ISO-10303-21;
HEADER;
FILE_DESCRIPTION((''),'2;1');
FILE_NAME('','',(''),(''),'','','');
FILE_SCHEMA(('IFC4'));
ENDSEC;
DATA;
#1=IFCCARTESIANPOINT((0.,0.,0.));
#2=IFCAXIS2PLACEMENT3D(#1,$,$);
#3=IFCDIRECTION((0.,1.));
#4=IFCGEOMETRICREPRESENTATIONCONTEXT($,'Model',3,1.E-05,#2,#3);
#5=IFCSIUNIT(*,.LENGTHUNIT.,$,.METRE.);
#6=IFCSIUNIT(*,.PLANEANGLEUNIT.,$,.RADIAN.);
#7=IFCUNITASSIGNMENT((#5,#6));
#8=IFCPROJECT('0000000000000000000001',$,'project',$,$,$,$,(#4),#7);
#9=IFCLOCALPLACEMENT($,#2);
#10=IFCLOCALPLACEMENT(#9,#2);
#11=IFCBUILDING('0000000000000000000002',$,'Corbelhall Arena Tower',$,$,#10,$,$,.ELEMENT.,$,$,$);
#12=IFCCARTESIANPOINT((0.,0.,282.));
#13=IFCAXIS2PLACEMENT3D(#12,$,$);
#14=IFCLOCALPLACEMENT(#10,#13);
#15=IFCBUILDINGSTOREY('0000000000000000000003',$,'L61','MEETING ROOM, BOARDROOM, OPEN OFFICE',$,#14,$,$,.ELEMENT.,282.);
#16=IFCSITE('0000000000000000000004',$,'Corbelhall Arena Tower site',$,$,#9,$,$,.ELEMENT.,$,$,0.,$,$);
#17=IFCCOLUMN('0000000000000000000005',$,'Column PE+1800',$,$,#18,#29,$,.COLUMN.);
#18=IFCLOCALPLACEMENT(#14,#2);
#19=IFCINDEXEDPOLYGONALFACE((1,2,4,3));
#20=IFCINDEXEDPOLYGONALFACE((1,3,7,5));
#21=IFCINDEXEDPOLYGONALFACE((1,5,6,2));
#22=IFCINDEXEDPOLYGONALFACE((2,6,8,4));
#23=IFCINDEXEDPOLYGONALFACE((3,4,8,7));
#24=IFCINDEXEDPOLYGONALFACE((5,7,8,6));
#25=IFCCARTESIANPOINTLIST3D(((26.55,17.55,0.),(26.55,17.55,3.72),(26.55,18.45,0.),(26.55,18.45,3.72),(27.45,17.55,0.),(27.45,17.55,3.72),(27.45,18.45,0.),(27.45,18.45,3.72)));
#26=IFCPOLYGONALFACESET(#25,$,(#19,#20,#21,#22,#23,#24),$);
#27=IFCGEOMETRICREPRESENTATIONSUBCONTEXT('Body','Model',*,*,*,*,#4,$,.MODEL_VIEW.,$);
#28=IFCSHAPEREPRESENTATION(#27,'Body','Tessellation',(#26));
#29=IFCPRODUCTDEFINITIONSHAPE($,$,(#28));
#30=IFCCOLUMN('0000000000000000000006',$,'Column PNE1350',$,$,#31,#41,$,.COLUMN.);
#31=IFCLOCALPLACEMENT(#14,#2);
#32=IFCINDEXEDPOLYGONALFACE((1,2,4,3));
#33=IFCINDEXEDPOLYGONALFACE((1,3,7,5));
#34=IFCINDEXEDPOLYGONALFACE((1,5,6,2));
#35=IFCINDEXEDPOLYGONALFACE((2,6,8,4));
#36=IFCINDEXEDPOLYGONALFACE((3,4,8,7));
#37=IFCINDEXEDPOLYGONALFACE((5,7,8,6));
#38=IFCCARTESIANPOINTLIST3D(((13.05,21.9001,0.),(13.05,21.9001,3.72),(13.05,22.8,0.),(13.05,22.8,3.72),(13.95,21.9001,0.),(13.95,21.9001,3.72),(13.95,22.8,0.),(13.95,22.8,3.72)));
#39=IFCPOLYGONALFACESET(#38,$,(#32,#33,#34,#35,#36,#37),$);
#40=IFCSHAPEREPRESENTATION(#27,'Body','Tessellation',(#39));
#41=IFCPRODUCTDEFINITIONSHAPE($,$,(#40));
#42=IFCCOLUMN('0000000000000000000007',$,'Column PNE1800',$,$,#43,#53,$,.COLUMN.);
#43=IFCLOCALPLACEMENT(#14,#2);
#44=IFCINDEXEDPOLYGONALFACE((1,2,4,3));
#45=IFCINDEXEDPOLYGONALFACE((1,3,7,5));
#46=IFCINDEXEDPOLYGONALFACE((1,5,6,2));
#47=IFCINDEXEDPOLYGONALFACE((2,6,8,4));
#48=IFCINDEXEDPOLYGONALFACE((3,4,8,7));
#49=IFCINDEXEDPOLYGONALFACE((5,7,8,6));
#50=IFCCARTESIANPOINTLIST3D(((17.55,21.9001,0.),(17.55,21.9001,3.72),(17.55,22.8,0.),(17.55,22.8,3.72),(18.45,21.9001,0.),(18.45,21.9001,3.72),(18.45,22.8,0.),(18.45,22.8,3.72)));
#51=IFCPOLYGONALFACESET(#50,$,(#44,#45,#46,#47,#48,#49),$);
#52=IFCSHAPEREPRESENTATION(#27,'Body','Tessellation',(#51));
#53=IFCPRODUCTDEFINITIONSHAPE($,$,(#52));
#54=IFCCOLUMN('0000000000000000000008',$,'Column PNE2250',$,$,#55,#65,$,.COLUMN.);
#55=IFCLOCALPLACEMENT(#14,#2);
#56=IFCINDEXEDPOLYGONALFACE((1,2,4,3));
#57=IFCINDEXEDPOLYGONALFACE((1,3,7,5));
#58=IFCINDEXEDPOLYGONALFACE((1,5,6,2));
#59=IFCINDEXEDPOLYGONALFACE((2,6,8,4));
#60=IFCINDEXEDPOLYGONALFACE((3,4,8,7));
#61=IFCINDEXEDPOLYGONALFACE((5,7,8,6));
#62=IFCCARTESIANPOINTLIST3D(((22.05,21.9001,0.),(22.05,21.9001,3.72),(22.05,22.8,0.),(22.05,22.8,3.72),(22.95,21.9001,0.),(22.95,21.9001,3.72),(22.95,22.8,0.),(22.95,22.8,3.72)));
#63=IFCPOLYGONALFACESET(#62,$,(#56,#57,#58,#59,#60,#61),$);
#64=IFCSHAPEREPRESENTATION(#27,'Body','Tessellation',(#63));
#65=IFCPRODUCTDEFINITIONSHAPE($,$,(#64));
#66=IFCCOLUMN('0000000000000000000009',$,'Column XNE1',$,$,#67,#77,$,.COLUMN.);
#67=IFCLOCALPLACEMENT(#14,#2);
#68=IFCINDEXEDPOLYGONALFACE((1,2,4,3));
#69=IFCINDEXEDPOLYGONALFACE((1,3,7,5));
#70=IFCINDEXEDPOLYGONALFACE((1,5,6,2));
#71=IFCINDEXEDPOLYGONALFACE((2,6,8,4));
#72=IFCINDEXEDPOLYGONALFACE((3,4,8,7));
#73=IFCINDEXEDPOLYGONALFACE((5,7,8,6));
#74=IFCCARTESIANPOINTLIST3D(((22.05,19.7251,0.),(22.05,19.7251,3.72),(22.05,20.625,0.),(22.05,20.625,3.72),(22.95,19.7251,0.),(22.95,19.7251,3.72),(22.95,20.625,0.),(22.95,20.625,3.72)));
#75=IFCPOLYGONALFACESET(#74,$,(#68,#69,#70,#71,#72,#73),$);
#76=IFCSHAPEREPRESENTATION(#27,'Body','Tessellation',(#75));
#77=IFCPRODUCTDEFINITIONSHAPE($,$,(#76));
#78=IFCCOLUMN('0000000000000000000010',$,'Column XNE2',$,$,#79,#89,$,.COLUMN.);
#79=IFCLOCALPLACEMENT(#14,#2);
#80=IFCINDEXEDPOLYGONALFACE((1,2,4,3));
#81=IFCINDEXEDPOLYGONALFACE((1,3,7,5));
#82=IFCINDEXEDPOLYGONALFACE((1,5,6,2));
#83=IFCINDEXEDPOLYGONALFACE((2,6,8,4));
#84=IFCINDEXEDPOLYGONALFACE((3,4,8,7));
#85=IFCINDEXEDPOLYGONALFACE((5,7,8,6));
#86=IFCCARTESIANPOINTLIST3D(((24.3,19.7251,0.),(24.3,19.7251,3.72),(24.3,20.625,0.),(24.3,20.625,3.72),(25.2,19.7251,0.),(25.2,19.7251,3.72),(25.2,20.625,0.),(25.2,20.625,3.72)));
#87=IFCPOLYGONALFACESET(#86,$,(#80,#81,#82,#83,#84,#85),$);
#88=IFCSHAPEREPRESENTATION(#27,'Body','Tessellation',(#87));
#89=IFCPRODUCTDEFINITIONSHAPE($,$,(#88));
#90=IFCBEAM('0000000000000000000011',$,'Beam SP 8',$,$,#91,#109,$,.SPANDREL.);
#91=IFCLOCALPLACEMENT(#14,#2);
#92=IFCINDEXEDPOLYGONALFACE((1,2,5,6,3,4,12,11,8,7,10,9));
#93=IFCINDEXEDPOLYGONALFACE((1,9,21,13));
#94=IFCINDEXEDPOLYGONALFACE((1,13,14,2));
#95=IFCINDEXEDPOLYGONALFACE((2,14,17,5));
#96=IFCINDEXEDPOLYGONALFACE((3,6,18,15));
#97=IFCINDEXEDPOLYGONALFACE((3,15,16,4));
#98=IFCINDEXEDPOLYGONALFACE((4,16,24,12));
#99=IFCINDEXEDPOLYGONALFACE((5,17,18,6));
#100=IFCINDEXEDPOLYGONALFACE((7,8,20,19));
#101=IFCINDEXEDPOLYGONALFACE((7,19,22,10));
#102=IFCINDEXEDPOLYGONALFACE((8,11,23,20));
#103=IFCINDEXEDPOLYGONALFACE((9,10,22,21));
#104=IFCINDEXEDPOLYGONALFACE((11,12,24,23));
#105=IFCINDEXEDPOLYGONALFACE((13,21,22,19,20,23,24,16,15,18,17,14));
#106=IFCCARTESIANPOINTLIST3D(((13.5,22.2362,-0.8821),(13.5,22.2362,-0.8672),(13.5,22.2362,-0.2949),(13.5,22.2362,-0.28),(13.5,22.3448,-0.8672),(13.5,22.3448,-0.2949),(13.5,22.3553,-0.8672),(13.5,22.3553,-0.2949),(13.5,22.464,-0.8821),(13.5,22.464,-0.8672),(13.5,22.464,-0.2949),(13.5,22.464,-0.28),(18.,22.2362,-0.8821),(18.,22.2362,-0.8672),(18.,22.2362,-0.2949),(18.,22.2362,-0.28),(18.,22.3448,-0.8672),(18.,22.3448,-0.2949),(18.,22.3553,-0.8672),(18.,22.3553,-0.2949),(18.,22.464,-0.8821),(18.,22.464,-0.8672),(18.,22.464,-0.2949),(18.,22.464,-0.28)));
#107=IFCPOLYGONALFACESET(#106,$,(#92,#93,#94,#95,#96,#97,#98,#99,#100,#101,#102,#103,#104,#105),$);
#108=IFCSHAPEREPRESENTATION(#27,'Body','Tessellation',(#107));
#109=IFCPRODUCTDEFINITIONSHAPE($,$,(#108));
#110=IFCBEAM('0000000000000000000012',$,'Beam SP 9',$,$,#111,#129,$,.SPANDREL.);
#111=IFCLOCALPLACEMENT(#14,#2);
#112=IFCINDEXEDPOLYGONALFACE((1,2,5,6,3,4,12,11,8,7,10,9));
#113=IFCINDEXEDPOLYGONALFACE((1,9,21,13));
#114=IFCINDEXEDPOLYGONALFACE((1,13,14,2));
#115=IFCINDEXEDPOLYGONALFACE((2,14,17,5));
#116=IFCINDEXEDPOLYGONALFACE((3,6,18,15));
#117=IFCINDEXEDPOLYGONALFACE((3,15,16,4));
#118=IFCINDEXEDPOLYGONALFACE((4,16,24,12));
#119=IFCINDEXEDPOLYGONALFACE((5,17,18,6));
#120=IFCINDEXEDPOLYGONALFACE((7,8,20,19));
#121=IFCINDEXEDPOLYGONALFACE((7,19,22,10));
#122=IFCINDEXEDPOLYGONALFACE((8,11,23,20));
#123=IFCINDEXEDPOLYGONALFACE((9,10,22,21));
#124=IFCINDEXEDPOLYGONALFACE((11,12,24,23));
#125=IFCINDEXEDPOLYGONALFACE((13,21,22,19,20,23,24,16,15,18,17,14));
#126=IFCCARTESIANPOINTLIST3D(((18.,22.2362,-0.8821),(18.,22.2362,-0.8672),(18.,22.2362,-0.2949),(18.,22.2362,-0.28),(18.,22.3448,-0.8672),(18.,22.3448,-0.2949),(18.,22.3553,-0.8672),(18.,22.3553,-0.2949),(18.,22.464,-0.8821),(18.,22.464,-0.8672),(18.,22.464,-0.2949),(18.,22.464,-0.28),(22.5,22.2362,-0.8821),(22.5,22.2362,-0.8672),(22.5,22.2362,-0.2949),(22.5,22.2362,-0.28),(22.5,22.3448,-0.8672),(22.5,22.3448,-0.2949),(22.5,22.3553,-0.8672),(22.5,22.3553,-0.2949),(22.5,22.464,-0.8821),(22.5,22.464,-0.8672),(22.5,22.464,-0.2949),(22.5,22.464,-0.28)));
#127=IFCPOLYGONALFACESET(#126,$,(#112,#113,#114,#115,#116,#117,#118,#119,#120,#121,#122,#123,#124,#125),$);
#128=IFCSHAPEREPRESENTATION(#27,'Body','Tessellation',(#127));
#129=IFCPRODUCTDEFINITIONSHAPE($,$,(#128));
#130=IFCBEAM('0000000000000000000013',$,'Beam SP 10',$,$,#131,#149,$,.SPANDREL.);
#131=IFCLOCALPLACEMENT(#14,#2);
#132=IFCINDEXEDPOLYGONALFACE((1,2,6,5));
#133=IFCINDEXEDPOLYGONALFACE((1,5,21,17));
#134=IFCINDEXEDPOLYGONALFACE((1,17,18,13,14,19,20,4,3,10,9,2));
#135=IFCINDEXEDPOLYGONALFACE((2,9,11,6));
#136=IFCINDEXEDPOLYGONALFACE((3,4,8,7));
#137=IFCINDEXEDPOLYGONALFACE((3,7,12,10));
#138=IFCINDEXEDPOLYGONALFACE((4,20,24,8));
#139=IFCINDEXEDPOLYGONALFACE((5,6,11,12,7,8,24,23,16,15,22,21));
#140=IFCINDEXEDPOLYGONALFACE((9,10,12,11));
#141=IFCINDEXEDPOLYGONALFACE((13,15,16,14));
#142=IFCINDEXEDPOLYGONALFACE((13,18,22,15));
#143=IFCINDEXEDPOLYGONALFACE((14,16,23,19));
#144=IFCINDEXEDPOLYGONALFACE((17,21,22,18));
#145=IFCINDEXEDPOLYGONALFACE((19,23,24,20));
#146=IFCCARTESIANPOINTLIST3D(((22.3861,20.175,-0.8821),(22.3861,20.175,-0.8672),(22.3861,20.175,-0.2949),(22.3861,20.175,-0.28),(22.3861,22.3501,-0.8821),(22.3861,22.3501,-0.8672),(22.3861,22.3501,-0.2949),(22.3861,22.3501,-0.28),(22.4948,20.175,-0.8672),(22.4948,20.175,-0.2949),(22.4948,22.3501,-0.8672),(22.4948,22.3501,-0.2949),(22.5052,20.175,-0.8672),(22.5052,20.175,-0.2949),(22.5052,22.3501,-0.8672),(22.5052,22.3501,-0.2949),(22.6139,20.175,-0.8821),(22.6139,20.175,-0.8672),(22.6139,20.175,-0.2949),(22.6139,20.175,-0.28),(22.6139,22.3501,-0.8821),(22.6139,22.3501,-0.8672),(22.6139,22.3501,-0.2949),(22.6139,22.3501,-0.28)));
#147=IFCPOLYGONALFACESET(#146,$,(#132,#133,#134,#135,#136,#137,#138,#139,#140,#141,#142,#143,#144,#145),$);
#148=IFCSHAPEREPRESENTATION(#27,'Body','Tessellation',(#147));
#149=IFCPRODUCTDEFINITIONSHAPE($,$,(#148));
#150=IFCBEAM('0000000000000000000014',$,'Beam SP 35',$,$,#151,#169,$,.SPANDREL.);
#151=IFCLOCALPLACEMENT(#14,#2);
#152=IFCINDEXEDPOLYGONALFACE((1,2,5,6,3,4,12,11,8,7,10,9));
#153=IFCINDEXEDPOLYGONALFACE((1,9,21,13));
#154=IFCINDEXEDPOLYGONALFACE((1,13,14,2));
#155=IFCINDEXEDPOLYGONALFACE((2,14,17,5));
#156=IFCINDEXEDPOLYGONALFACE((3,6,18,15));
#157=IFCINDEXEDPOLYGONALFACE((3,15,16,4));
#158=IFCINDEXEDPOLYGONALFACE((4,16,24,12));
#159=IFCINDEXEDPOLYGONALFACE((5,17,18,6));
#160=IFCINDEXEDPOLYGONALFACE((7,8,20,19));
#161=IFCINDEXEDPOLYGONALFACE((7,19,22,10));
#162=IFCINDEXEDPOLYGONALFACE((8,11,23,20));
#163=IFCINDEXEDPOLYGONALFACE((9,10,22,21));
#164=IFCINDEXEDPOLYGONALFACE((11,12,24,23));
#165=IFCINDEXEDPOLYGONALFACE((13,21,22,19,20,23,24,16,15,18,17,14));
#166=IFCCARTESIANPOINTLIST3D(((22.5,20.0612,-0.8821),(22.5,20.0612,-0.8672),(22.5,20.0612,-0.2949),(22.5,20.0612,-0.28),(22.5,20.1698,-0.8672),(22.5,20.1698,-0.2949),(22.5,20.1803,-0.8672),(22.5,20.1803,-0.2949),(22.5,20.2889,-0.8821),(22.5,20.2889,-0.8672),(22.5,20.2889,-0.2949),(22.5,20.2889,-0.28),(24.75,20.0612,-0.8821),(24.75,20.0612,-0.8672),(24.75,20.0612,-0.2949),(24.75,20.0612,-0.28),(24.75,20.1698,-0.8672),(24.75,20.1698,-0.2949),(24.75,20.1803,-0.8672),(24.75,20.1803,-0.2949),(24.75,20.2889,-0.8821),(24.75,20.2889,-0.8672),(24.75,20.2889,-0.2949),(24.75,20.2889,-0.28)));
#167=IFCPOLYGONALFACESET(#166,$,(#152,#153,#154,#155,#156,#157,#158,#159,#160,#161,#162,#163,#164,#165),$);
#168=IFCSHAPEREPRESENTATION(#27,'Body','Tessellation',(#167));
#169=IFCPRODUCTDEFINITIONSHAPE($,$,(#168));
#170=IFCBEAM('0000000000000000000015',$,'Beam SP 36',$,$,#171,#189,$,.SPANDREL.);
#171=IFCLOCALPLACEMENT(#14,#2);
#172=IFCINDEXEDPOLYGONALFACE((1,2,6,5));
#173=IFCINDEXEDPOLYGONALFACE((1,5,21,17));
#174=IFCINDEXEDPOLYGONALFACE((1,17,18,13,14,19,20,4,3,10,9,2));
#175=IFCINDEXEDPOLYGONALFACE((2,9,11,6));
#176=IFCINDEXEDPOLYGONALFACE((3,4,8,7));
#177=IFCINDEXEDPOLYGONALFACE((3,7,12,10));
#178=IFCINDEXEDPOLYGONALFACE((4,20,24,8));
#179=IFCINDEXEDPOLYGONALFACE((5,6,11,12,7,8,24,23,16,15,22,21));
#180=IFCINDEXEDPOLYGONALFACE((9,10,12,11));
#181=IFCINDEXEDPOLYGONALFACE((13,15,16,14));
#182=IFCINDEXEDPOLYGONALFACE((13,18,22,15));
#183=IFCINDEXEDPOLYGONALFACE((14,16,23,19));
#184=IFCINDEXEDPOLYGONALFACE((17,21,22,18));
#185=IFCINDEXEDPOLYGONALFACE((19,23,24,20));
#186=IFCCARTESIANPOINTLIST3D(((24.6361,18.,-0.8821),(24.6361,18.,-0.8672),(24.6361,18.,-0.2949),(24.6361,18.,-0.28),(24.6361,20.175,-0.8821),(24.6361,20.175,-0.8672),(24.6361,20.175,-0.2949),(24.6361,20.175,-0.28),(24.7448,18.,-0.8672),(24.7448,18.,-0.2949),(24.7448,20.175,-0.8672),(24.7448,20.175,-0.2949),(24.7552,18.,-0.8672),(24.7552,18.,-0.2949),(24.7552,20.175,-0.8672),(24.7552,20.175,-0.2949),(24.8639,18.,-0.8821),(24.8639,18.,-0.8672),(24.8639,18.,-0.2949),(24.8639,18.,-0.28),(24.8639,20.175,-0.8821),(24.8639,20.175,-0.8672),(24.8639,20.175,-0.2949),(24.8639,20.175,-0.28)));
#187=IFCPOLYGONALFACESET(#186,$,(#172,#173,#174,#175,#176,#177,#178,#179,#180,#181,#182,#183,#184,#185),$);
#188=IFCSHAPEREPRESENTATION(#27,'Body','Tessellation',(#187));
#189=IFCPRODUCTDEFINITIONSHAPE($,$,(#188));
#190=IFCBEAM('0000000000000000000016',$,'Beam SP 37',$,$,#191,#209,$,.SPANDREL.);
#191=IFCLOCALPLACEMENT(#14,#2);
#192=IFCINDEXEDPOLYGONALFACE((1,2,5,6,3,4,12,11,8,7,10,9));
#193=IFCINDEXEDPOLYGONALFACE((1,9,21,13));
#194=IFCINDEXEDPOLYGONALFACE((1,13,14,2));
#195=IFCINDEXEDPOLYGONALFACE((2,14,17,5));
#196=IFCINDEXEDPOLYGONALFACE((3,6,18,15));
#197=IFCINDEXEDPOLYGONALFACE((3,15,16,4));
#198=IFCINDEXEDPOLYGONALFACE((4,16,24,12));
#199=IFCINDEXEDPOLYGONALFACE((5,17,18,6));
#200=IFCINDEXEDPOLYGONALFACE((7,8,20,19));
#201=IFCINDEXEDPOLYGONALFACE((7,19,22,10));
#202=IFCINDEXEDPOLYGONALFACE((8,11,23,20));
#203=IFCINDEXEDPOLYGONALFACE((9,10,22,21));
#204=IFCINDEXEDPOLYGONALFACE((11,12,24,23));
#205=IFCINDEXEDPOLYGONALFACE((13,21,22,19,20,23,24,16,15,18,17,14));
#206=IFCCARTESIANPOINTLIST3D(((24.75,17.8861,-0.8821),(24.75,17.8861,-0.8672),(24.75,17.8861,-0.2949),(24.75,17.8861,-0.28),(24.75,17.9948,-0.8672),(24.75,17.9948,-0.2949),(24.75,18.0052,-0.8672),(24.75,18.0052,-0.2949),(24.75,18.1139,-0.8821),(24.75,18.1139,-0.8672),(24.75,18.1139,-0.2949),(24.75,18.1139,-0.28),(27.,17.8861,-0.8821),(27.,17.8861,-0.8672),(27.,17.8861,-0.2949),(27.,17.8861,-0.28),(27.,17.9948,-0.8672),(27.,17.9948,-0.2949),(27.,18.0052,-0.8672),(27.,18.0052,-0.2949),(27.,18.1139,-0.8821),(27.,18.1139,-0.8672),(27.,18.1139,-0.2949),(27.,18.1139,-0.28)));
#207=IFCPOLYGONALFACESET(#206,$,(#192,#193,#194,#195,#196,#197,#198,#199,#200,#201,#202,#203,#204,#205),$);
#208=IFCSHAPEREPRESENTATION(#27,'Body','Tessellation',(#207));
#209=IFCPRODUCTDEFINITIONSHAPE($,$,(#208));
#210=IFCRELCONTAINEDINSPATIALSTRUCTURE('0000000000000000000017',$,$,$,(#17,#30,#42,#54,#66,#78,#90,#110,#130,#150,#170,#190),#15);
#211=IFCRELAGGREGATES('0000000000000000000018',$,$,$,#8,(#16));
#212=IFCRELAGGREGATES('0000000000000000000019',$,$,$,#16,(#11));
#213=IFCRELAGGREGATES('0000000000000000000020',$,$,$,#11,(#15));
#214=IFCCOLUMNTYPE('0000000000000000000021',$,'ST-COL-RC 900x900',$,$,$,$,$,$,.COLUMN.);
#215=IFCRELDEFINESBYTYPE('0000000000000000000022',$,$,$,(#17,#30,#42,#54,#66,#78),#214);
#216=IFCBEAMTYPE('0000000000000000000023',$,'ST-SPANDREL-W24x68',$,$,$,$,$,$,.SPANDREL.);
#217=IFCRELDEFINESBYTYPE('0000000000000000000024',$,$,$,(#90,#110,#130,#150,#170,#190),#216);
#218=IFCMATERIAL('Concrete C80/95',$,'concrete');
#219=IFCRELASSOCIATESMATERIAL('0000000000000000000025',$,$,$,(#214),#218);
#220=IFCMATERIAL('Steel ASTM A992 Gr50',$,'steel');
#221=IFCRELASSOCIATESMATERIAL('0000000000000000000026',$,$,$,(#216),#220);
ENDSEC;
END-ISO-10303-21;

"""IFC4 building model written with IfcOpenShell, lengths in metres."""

from ifc_helpers import new_model, si_unit, direction, frame, origin, origin_2d, place, context, subcontext, project, spatial, rectangle, i_section, extrude, material, material_profile, profile_set, type_object, element, save


model = new_model("IFC4")

# Units and contexts
model_context = context("Model", 3, precision=1e-05, world=origin(), true_north=direction((0.0, 1.0)))
body_context = subcontext(model_context, "Body", "Model", "MODEL_VIEW")
ifc_project = project(units=[si_unit("LENGTHUNIT", "METRE"), si_unit("PLANEANGLEUNIT", "RADIAN")], contexts=[model_context])

# Site, building, storey
site_placement = place(None, origin())
site = spatial("IfcSite", under=ifc_project, at=site_placement, Name="Corbelhall Arena Tower site", CompositionType="ELEMENT", RefElevation=0.0)
building_placement = place(site_placement, origin())
building = spatial("IfcBuilding", under=site, at=building_placement, Name="Corbelhall Arena Tower", CompositionType="ELEMENT")
storey_placement = place(building_placement, frame((0.0, 0.0, 282.0)))
storey = spatial("IfcBuildingStorey", under=building, at=storey_placement, Name="L61", Description="MEETING ROOM, BOARDROOM, OPEN OFFICE", CompositionType="ELEMENT", Elevation=282.0)

# Columns
ifc_material_1 = material(Name="Concrete C80/95", Category="concrete")
ifc_material_profile_1 = material_profile(ifc_material_1, rectangle(XDim=0.8999, YDim=0.8999, at=origin_2d()))
ifc_profile_set_1 = profile_set([ifc_material_profile_1], Name="Concrete C80/95")
column_type = type_object("IfcColumnType", Name="ST-COL-RC 900x900", PredefinedType="COLUMN", material=ifc_profile_set_1)
for number, where, z_axis, x_axis, name in (
    (1, (27.0, 18.0, 0.0), (0.0, 0.0, 1.0), (0.0, 1.0, 0.0), "Column PE+1800"),
    (2, (13.5, 22.3501, 0.0), (0.0, 0.0, 1.0), (1.0, 0.0, 0.0), "Column PNE1350"),
    (3, (18.0, 22.3501, 0.0), (0.0, 0.0, 1.0), (1.0, 0.0, 0.0), "Column PNE1800"),
    (4, (22.5, 22.3501, 0.0), (0.0, 0.0, 1.0), (1.0, 0.0, 0.0), "Column PNE2250"),
    (5, (22.5, 20.175, 0.0), (0.0, 0.0, 1.0), (1.0, 0.0, 0.0), "Column XNE1"),
    (6, (24.75, 20.175, 0.0), (0.0, 0.0, 1.0), (1.0, 0.0, 0.0), "Column XNE2"),
):
    element("IfcColumn", number, at=place(storey_placement, frame(where, z_axis=z_axis, x_axis=x_axis)), inside=storey, type_object=column_type, Name=name, PredefinedType="COLUMN", context=body_context, shape_type="SweptSolid", body=[
        extrude(rectangle(XDim=0.8999, YDim=0.8999, at=origin_2d()), origin(), (0.0, 0.0, 1.0), 3.72),
    ])

# Beams
ifc_material_2 = material(Name="Steel ASTM A992 Gr50", Category="steel")
ifc_material_profile_2 = material_profile(ifc_material_2, i_section(OverallWidth=0.2278, OverallDepth=0.6021, WebThickness=0.0105, FlangeThickness=0.0149, at=origin_2d()))
ifc_profile_set_2 = profile_set([ifc_material_profile_2], Name="Steel ASTM A992 Gr50")
beam_type_1 = type_object("IfcBeamType", Name="ST-SPANDREL-W24x68", PredefinedType="SPANDREL", material=ifc_profile_set_2)
for number, where, z_axis, x_axis, name in (
    (7, (13.5, 22.3501, -0.5811), (1.0, 0.0, 0.0), (0.0, 1.0, 0.0), "Beam SP 8"),
    (8, (18.0, 22.3501, -0.5811), (1.0, 0.0, 0.0), (0.0, 1.0, 0.0), "Beam SP 9"),
):
    element("IfcBeam", number, at=place(storey_placement, frame(where, z_axis=z_axis, x_axis=x_axis)), inside=storey, type_object=beam_type_1, Name=name, PredefinedType="SPANDREL", context=body_context, shape_type="SweptSolid", body=[
        extrude(i_section(OverallWidth=0.2278, OverallDepth=0.6021, WebThickness=0.0105, FlangeThickness=0.0149, at=origin_2d()), origin(), (0.0, 0.0, 1.0), 4.5),
    ])
beam_1_placement = place(storey_placement, frame((22.5, 22.3501, -0.5811), z_axis=(0.0, -1.0, 0.0), x_axis=(1.0, 0.0, 0.0)))
element("IfcBeam", 9, at=beam_1_placement, inside=storey, type_object=beam_type_1, Name="Beam SP 10", PredefinedType="SPANDREL", context=body_context, shape_type="SweptSolid", body=[
    extrude(i_section(OverallWidth=0.2278, OverallDepth=0.6021, WebThickness=0.0105, FlangeThickness=0.0149, at=origin_2d()), origin(), (0.0, 0.0, 1.0), 2.175),
])
beam_2_placement = place(storey_placement, frame((22.5, 20.175, -0.5811), z_axis=(1.0, 0.0, 0.0), x_axis=(0.0, 1.0, 0.0)))
element("IfcBeam", 10, at=beam_2_placement, inside=storey, type_object=beam_type_1, Name="Beam SP 35", PredefinedType="SPANDREL", context=body_context, shape_type="SweptSolid", body=[
    extrude(i_section(OverallWidth=0.2278, OverallDepth=0.6021, WebThickness=0.0105, FlangeThickness=0.0149, at=origin_2d()), origin(), (0.0, 0.0, 1.0), 2.25),
])
beam_3_placement = place(storey_placement, frame((24.75, 20.175, -0.5811), z_axis=(0.0, -1.0, 0.0), x_axis=(1.0, 0.0, 0.0)))
element("IfcBeam", 11, at=beam_3_placement, inside=storey, type_object=beam_type_1, Name="Beam SP 36", PredefinedType="SPANDREL", context=body_context, shape_type="SweptSolid", body=[
    extrude(i_section(OverallWidth=0.2278, OverallDepth=0.6021, WebThickness=0.0105, FlangeThickness=0.0149, at=origin_2d()), origin(), (0.0, 0.0, 1.0), 2.175),
])
beam_4_placement = place(storey_placement, frame((24.75, 18.0, -0.5811), z_axis=(1.0, 0.0, 0.0), x_axis=(0.0, 1.0, 0.0)))
element("IfcBeam", 12, at=beam_4_placement, inside=storey, type_object=beam_type_1, Name="Beam SP 37", PredefinedType="SPANDREL", context=body_context, shape_type="SweptSolid", body=[
    extrude(i_section(OverallWidth=0.2278, OverallDepth=0.6021, WebThickness=0.0105, FlangeThickness=0.0149, at=origin_2d()), origin(), (0.0, 0.0, 1.0), 2.25),
])

save(model, "model.ifc")
